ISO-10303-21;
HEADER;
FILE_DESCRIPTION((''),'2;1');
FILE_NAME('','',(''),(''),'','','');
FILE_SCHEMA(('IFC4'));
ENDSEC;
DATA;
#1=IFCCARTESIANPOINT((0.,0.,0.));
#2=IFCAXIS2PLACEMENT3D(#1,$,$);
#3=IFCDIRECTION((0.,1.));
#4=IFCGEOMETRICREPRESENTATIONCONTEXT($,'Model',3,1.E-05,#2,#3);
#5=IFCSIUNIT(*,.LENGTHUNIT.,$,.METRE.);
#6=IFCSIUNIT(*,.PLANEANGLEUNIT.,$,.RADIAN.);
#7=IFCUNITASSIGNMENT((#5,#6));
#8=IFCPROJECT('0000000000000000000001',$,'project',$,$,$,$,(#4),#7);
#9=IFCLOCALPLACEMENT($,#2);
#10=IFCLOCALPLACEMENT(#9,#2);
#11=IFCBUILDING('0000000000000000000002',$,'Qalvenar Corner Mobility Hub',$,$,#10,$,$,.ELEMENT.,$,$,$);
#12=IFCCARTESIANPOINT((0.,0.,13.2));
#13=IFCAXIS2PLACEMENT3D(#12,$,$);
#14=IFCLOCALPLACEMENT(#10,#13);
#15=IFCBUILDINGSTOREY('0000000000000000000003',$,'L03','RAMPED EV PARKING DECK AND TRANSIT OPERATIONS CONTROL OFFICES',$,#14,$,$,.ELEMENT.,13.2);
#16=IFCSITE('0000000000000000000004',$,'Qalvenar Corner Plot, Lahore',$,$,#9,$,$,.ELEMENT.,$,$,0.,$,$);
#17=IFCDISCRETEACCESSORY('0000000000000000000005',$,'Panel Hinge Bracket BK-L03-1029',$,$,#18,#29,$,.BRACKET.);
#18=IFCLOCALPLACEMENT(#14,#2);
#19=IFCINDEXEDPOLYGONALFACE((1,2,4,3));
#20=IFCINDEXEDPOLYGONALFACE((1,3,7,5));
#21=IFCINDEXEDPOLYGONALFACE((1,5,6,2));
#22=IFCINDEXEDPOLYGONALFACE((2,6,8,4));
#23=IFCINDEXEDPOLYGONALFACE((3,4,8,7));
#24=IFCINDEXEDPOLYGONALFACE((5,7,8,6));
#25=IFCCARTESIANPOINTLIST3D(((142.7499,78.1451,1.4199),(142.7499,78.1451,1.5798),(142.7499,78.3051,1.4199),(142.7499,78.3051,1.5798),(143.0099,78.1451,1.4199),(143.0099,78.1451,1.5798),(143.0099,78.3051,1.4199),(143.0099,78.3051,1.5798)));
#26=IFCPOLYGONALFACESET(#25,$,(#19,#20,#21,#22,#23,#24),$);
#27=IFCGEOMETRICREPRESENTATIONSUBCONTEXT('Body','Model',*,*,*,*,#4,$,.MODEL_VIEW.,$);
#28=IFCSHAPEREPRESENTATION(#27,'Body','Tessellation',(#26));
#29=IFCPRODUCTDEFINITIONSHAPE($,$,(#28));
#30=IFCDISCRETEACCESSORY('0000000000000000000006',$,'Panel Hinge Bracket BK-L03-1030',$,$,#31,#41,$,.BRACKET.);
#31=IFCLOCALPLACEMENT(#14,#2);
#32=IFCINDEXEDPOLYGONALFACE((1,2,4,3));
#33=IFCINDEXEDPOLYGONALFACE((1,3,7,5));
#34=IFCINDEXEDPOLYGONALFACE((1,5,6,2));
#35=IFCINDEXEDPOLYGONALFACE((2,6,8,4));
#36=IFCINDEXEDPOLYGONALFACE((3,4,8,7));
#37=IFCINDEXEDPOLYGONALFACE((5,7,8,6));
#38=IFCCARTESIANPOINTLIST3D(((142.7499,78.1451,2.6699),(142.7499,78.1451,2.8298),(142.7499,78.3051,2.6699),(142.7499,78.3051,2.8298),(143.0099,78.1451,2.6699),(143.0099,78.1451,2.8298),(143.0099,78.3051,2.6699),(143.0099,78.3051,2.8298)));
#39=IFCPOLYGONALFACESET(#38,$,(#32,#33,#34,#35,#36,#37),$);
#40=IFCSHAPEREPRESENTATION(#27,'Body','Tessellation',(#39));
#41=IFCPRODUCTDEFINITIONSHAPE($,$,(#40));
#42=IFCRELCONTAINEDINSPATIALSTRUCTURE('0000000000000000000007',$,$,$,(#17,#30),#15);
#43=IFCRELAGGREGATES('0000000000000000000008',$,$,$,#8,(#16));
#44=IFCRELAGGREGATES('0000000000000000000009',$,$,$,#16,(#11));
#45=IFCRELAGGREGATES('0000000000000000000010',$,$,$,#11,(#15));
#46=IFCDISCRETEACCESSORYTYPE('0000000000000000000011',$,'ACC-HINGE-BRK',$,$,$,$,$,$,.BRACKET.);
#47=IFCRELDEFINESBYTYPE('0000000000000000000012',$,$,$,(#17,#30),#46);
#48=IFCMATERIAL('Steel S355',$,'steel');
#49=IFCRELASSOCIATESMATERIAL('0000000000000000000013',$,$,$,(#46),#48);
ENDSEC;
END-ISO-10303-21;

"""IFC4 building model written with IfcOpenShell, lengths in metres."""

from ifc_helpers import new_model, si_unit, direction, frame, origin, origin_2d, place, context, subcontext, project, spatial, rectangle, extrude, material, type_object, element, save


model = new_model("IFC4")

# Units and contexts
model_context = context("Model", 3, precision=1e-05, world=origin(), true_north=direction((0.0, 1.0)))
body_context = subcontext(model_context, "Body", "Model", "MODEL_VIEW")
ifc_project = project(units=[si_unit("LENGTHUNIT", "METRE"), si_unit("PLANEANGLEUNIT", "RADIAN")], contexts=[model_context])

# Site, building, storey
site_placement = place(None, origin())
site = spatial("IfcSite", under=ifc_project, at=site_placement, Name="Qalvenar Corner Plot, Lahore", CompositionType="ELEMENT", RefElevation=0.0)
building_placement = place(site_placement, origin())
building = spatial("IfcBuilding", under=site, at=building_placement, Name="Qalvenar Corner Mobility Hub", CompositionType="ELEMENT")
storey_placement = place(building_placement, frame((0.0, 0.0, 13.2)))
storey = spatial("IfcBuildingStorey", under=building, at=storey_placement, Name="L03", Description="RAMPED EV PARKING DECK AND TRANSIT OPERATIONS CONTROL OFFICES", CompositionType="ELEMENT", Elevation=13.2)

# Shared definitions
ifc_material_1 = material(Name="Steel S355", Category="steel")

# Discrete accessories
discrete_accessory_type = type_object("IfcDiscreteAccessoryType", Name="ACC-HINGE-BRK", PredefinedType="BRACKET", material=ifc_material_1)
for number, where, z_axis, x_axis, name in (
    (1, (142.8799, 78.2251, 1.4199), (0.0, 0.0, 1.0), (0.0, 1.0, 0.0), "Panel Hinge Bracket BK-L03-1029"),
    (2, (142.8799, 78.2251, 2.6699), (0.0, 0.0, 1.0), (0.0, 1.0, 0.0), "Panel Hinge Bracket BK-L03-1030"),
):
    element("IfcDiscreteAccessory", number, at=place(storey_placement, frame(where, z_axis=z_axis, x_axis=x_axis)), inside=storey, type_object=discrete_accessory_type, Name=name, PredefinedType="BRACKET", context=body_context, shape_type="SweptSolid", body=[
        extrude(rectangle(XDim=0.1599, YDim=0.26, at=origin_2d()), origin(), (0.0, 0.0, 1.0), 0.1599),
    ])

save(model, "model.ifc")
